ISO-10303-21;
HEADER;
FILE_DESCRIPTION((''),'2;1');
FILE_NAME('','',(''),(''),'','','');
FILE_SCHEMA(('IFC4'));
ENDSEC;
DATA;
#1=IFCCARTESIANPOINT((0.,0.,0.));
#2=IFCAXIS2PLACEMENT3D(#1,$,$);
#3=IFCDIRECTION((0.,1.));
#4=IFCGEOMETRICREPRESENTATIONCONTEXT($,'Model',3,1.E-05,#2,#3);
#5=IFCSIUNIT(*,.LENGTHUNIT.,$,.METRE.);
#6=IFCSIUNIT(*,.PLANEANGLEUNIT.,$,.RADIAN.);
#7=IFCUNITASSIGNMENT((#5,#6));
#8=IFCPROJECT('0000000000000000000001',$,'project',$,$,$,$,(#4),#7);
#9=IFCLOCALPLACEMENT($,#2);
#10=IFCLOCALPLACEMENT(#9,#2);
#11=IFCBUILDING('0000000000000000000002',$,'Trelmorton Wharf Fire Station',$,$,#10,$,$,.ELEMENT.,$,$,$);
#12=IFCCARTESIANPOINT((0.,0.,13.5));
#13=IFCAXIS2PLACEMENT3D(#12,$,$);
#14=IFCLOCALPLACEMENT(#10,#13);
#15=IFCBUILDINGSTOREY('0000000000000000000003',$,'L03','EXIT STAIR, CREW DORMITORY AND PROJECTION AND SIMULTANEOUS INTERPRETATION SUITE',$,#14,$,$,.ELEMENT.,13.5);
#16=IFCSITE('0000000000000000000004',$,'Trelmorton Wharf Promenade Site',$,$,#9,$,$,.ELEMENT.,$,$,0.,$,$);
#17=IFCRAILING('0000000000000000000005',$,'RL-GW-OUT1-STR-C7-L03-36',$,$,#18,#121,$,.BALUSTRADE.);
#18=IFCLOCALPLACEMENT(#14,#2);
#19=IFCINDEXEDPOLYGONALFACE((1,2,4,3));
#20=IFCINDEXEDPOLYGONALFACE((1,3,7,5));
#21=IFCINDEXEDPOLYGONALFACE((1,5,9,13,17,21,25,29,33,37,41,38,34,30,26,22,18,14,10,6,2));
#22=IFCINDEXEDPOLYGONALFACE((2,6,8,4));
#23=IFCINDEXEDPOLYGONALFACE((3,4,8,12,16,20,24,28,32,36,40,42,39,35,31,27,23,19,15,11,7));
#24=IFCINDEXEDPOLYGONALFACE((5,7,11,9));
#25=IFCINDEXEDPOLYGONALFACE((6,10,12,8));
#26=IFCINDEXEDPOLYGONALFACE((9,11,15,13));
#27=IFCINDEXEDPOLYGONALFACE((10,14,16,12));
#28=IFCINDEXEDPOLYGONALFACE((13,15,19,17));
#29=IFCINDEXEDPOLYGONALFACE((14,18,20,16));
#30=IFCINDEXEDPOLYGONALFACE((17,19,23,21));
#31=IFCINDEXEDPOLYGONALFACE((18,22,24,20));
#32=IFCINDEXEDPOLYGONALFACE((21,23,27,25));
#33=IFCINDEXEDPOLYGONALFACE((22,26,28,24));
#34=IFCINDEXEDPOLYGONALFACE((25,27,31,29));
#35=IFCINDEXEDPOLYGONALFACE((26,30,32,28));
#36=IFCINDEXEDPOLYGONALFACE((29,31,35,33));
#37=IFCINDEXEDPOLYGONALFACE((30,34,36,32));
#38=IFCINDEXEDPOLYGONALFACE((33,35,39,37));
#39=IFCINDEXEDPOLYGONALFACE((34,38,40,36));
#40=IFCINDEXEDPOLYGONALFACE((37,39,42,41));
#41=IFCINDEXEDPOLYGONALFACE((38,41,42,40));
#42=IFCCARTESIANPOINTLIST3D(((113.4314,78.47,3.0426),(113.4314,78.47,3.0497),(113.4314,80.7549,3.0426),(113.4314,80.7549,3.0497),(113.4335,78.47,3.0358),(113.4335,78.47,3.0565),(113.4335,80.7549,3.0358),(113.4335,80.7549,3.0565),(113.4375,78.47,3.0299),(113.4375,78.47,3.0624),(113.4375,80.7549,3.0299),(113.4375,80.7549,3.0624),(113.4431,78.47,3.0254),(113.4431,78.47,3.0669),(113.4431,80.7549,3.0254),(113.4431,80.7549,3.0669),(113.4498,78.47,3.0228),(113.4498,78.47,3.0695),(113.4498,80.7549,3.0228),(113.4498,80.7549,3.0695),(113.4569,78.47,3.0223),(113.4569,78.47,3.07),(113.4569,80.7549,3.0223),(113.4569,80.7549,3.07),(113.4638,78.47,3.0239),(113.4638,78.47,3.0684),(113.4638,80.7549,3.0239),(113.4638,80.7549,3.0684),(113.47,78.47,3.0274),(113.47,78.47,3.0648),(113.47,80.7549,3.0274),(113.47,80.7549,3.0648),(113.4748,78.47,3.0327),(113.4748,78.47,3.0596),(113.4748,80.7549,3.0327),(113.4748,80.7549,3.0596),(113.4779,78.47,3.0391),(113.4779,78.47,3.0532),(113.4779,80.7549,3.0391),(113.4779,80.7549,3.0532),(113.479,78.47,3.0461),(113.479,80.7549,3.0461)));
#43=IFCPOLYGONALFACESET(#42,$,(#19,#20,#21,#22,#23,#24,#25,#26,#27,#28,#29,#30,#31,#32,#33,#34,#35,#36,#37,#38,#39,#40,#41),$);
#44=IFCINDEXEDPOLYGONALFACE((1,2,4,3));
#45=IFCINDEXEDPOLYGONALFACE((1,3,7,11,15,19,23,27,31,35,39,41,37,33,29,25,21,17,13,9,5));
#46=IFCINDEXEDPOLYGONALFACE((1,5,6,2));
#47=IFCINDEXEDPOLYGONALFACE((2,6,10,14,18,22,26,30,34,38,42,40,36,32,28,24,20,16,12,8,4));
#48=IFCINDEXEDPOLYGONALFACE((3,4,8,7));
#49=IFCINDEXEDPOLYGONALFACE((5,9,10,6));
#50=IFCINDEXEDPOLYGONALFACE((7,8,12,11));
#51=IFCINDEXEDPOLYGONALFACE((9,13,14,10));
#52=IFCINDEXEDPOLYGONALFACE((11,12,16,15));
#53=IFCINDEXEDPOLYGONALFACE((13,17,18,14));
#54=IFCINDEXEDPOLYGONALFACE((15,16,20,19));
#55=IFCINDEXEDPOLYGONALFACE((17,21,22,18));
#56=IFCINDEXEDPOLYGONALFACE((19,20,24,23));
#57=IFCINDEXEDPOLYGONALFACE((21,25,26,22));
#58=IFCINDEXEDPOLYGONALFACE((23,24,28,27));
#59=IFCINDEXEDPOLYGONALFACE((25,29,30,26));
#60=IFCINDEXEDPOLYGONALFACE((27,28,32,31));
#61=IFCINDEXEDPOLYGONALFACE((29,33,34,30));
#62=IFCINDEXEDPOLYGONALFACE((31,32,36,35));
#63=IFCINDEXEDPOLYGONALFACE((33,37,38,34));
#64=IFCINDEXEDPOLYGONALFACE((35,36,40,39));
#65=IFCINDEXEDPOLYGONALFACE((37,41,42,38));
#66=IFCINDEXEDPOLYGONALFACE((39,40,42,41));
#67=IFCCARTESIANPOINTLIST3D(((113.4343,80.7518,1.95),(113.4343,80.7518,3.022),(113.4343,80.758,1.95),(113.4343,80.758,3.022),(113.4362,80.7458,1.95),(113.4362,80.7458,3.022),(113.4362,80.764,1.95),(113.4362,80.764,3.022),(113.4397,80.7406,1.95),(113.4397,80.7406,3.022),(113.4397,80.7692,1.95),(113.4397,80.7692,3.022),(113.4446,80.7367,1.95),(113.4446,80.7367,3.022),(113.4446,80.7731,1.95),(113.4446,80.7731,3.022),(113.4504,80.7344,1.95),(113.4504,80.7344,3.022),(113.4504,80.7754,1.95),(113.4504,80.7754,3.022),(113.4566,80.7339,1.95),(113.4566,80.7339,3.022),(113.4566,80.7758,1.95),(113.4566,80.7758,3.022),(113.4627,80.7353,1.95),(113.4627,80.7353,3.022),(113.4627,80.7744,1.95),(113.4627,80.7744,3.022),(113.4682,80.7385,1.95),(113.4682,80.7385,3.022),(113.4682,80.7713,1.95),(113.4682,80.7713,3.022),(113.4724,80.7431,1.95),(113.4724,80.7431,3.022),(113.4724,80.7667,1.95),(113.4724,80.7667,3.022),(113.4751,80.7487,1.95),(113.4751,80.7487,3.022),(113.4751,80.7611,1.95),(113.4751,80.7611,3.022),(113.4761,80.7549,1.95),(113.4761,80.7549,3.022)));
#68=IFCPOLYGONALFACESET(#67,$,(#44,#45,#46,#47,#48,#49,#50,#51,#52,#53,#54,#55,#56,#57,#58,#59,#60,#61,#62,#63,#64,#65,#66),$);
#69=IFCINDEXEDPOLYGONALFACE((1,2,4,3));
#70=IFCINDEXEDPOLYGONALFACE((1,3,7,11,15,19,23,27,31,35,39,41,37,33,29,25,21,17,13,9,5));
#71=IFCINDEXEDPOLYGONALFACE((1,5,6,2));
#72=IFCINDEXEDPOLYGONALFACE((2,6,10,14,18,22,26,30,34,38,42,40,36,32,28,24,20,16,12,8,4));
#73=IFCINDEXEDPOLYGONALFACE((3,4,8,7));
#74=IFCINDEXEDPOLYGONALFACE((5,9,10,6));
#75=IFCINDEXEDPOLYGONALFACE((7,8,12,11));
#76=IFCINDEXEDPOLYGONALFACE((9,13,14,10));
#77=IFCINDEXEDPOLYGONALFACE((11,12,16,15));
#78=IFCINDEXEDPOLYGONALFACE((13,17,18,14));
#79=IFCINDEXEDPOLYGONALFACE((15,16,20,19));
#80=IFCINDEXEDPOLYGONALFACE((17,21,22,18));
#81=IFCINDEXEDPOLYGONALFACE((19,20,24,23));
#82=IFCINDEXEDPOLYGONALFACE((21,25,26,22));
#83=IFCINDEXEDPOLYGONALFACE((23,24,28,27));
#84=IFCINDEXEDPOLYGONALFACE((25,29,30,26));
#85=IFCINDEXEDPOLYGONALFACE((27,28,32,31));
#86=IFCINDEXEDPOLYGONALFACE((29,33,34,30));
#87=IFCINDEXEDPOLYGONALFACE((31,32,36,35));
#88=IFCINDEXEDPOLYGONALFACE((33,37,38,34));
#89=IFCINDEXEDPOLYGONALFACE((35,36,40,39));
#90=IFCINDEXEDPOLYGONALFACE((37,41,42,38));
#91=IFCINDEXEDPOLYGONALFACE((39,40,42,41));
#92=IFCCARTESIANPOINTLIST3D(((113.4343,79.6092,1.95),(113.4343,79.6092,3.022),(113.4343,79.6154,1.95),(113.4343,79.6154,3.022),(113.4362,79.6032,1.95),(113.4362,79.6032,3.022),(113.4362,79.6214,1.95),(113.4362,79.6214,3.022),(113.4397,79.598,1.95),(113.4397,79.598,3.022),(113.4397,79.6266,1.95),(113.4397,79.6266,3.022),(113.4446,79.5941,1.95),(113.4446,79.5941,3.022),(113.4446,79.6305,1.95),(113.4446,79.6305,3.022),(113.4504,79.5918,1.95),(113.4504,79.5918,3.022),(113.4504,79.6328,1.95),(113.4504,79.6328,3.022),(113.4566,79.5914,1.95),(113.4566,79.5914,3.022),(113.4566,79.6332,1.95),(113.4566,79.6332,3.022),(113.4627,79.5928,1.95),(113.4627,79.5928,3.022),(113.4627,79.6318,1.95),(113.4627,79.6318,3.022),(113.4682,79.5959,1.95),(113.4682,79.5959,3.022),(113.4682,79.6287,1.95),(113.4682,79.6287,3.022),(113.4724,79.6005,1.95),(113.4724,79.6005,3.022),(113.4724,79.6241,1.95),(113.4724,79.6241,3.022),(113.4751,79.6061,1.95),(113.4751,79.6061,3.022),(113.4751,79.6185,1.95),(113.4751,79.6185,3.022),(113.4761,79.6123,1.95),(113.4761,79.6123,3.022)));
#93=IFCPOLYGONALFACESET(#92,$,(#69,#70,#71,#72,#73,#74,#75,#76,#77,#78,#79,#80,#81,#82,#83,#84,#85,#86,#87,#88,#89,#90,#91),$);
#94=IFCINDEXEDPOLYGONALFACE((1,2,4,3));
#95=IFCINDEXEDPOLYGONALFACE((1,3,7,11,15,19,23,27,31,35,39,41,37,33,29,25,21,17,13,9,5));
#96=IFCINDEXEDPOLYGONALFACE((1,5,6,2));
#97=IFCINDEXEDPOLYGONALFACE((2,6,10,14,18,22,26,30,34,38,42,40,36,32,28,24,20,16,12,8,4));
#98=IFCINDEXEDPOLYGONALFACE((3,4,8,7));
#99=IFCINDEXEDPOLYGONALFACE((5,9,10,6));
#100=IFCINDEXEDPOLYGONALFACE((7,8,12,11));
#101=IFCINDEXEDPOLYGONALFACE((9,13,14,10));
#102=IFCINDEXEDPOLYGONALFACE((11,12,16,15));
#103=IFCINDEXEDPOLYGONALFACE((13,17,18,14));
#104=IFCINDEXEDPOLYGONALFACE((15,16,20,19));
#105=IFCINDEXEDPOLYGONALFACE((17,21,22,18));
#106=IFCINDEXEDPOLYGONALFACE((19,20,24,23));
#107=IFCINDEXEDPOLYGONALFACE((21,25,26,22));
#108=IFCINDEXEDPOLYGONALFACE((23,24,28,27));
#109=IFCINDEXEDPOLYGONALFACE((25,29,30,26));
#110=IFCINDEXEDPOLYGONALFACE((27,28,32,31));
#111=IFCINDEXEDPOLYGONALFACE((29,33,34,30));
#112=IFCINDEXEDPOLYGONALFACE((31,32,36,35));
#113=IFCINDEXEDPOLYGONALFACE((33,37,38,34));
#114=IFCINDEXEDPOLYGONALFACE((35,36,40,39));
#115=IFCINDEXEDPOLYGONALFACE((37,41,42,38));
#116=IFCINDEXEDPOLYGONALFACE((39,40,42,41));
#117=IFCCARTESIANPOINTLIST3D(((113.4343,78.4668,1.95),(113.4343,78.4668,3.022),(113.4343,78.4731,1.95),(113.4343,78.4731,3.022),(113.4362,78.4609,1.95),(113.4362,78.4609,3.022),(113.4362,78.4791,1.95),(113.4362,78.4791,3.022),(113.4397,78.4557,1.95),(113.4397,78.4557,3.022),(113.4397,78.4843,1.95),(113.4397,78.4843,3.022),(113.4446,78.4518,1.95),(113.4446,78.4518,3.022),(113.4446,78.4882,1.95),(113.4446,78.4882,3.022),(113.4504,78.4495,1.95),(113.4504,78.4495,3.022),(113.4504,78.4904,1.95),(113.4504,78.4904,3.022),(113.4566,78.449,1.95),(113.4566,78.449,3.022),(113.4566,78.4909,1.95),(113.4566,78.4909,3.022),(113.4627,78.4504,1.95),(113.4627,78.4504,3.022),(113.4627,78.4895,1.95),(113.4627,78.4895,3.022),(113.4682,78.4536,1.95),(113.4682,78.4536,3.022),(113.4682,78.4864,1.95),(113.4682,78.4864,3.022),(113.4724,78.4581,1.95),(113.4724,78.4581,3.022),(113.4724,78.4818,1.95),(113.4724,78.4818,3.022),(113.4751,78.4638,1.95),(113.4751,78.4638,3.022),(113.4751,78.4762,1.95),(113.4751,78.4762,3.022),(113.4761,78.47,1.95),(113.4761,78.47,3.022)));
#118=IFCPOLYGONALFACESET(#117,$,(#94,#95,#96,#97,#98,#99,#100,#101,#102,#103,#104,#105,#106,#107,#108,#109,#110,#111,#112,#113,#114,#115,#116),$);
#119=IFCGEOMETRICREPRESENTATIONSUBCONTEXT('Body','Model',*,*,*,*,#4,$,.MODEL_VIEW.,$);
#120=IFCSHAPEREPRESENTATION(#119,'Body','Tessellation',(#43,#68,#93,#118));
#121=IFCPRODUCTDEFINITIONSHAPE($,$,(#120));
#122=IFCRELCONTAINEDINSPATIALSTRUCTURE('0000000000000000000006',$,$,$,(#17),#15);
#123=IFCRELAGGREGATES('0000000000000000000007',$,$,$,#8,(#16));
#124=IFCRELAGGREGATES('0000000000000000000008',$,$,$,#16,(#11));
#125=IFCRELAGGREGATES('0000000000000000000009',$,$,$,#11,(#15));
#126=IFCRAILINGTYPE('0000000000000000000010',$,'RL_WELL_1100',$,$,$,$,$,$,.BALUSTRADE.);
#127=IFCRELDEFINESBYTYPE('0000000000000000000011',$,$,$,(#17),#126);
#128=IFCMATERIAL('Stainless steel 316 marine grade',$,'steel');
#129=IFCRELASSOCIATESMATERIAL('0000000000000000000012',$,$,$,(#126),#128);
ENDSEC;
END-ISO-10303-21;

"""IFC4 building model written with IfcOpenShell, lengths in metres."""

from ifc_helpers import new_model, si_unit, direction, frame, origin, origin_2d, place, context, subcontext, project, spatial, circle, extrude, material, type_object, element, save


model = new_model("IFC4")

# Units and contexts
model_context = context("Model", 3, precision=1e-05, world=origin(), true_north=direction((0.0, 1.0)))
body_context = subcontext(model_context, "Body", "Model", "MODEL_VIEW")
ifc_project = project(units=[si_unit("LENGTHUNIT", "METRE"), si_unit("PLANEANGLEUNIT", "RADIAN")], contexts=[model_context])

# Site, building, storey
site_placement = place(None, origin())
site = spatial("IfcSite", under=ifc_project, at=site_placement, Name="Trelmorton Wharf Promenade Site", CompositionType="ELEMENT", RefElevation=0.0)
building_placement = place(site_placement, origin())
building = spatial("IfcBuilding", under=site, at=building_placement, Name="Trelmorton Wharf Fire Station", CompositionType="ELEMENT")
storey_placement = place(building_placement, frame((0.0, 0.0, 13.5)))
storey = spatial("IfcBuildingStorey", under=building, at=storey_placement, Name="L03", Description="EXIT STAIR, CREW DORMITORY AND PROJECTION AND SIMULTANEOUS INTERPRETATION SUITE", CompositionType="ELEMENT", Elevation=13.5)

# Shared definitions
ifc_material_1 = material(Name="Stainless steel 316 marine grade", Category="steel")

# Railing
railing_type_1 = type_object("IfcRailingType", Name="RL_WELL_1100", PredefinedType="BALUSTRADE", material=ifc_material_1)
railing_1_placement = place(storey_placement, frame((113.4551, 80.7549, 1.95)))
element("IfcRailing", 1, at=railing_1_placement, inside=storey, type_object=railing_type_1, Name="RL-GW-OUT1-STR-C7-L03-36", PredefinedType="BALUSTRADE", context=body_context, shape_type="SweptSolid", body=[
    extrude(circle(Radius=0.0239, at=origin_2d()), frame((0.0, 0.0, 1.0962), z_axis=(0.0, -1.0, 0.0), x_axis=(1.0, 0.0, 0.0)), (0.0, 0.0, 1.0), 2.2849),
    extrude(circle(Radius=0.021, at=origin_2d()), origin(), (0.0, 0.0, 1.0), 1.072),
    extrude(circle(Radius=0.021, at=origin_2d()), frame((0.0, -1.1426, 0.0)), (0.0, 0.0, 1.0), 1.072),
    extrude(circle(Radius=0.021, at=origin_2d()), frame((0.0, -2.2849, 0.0)), (0.0, 0.0, 1.0), 1.072),
])

save(model, "model.ifc")
